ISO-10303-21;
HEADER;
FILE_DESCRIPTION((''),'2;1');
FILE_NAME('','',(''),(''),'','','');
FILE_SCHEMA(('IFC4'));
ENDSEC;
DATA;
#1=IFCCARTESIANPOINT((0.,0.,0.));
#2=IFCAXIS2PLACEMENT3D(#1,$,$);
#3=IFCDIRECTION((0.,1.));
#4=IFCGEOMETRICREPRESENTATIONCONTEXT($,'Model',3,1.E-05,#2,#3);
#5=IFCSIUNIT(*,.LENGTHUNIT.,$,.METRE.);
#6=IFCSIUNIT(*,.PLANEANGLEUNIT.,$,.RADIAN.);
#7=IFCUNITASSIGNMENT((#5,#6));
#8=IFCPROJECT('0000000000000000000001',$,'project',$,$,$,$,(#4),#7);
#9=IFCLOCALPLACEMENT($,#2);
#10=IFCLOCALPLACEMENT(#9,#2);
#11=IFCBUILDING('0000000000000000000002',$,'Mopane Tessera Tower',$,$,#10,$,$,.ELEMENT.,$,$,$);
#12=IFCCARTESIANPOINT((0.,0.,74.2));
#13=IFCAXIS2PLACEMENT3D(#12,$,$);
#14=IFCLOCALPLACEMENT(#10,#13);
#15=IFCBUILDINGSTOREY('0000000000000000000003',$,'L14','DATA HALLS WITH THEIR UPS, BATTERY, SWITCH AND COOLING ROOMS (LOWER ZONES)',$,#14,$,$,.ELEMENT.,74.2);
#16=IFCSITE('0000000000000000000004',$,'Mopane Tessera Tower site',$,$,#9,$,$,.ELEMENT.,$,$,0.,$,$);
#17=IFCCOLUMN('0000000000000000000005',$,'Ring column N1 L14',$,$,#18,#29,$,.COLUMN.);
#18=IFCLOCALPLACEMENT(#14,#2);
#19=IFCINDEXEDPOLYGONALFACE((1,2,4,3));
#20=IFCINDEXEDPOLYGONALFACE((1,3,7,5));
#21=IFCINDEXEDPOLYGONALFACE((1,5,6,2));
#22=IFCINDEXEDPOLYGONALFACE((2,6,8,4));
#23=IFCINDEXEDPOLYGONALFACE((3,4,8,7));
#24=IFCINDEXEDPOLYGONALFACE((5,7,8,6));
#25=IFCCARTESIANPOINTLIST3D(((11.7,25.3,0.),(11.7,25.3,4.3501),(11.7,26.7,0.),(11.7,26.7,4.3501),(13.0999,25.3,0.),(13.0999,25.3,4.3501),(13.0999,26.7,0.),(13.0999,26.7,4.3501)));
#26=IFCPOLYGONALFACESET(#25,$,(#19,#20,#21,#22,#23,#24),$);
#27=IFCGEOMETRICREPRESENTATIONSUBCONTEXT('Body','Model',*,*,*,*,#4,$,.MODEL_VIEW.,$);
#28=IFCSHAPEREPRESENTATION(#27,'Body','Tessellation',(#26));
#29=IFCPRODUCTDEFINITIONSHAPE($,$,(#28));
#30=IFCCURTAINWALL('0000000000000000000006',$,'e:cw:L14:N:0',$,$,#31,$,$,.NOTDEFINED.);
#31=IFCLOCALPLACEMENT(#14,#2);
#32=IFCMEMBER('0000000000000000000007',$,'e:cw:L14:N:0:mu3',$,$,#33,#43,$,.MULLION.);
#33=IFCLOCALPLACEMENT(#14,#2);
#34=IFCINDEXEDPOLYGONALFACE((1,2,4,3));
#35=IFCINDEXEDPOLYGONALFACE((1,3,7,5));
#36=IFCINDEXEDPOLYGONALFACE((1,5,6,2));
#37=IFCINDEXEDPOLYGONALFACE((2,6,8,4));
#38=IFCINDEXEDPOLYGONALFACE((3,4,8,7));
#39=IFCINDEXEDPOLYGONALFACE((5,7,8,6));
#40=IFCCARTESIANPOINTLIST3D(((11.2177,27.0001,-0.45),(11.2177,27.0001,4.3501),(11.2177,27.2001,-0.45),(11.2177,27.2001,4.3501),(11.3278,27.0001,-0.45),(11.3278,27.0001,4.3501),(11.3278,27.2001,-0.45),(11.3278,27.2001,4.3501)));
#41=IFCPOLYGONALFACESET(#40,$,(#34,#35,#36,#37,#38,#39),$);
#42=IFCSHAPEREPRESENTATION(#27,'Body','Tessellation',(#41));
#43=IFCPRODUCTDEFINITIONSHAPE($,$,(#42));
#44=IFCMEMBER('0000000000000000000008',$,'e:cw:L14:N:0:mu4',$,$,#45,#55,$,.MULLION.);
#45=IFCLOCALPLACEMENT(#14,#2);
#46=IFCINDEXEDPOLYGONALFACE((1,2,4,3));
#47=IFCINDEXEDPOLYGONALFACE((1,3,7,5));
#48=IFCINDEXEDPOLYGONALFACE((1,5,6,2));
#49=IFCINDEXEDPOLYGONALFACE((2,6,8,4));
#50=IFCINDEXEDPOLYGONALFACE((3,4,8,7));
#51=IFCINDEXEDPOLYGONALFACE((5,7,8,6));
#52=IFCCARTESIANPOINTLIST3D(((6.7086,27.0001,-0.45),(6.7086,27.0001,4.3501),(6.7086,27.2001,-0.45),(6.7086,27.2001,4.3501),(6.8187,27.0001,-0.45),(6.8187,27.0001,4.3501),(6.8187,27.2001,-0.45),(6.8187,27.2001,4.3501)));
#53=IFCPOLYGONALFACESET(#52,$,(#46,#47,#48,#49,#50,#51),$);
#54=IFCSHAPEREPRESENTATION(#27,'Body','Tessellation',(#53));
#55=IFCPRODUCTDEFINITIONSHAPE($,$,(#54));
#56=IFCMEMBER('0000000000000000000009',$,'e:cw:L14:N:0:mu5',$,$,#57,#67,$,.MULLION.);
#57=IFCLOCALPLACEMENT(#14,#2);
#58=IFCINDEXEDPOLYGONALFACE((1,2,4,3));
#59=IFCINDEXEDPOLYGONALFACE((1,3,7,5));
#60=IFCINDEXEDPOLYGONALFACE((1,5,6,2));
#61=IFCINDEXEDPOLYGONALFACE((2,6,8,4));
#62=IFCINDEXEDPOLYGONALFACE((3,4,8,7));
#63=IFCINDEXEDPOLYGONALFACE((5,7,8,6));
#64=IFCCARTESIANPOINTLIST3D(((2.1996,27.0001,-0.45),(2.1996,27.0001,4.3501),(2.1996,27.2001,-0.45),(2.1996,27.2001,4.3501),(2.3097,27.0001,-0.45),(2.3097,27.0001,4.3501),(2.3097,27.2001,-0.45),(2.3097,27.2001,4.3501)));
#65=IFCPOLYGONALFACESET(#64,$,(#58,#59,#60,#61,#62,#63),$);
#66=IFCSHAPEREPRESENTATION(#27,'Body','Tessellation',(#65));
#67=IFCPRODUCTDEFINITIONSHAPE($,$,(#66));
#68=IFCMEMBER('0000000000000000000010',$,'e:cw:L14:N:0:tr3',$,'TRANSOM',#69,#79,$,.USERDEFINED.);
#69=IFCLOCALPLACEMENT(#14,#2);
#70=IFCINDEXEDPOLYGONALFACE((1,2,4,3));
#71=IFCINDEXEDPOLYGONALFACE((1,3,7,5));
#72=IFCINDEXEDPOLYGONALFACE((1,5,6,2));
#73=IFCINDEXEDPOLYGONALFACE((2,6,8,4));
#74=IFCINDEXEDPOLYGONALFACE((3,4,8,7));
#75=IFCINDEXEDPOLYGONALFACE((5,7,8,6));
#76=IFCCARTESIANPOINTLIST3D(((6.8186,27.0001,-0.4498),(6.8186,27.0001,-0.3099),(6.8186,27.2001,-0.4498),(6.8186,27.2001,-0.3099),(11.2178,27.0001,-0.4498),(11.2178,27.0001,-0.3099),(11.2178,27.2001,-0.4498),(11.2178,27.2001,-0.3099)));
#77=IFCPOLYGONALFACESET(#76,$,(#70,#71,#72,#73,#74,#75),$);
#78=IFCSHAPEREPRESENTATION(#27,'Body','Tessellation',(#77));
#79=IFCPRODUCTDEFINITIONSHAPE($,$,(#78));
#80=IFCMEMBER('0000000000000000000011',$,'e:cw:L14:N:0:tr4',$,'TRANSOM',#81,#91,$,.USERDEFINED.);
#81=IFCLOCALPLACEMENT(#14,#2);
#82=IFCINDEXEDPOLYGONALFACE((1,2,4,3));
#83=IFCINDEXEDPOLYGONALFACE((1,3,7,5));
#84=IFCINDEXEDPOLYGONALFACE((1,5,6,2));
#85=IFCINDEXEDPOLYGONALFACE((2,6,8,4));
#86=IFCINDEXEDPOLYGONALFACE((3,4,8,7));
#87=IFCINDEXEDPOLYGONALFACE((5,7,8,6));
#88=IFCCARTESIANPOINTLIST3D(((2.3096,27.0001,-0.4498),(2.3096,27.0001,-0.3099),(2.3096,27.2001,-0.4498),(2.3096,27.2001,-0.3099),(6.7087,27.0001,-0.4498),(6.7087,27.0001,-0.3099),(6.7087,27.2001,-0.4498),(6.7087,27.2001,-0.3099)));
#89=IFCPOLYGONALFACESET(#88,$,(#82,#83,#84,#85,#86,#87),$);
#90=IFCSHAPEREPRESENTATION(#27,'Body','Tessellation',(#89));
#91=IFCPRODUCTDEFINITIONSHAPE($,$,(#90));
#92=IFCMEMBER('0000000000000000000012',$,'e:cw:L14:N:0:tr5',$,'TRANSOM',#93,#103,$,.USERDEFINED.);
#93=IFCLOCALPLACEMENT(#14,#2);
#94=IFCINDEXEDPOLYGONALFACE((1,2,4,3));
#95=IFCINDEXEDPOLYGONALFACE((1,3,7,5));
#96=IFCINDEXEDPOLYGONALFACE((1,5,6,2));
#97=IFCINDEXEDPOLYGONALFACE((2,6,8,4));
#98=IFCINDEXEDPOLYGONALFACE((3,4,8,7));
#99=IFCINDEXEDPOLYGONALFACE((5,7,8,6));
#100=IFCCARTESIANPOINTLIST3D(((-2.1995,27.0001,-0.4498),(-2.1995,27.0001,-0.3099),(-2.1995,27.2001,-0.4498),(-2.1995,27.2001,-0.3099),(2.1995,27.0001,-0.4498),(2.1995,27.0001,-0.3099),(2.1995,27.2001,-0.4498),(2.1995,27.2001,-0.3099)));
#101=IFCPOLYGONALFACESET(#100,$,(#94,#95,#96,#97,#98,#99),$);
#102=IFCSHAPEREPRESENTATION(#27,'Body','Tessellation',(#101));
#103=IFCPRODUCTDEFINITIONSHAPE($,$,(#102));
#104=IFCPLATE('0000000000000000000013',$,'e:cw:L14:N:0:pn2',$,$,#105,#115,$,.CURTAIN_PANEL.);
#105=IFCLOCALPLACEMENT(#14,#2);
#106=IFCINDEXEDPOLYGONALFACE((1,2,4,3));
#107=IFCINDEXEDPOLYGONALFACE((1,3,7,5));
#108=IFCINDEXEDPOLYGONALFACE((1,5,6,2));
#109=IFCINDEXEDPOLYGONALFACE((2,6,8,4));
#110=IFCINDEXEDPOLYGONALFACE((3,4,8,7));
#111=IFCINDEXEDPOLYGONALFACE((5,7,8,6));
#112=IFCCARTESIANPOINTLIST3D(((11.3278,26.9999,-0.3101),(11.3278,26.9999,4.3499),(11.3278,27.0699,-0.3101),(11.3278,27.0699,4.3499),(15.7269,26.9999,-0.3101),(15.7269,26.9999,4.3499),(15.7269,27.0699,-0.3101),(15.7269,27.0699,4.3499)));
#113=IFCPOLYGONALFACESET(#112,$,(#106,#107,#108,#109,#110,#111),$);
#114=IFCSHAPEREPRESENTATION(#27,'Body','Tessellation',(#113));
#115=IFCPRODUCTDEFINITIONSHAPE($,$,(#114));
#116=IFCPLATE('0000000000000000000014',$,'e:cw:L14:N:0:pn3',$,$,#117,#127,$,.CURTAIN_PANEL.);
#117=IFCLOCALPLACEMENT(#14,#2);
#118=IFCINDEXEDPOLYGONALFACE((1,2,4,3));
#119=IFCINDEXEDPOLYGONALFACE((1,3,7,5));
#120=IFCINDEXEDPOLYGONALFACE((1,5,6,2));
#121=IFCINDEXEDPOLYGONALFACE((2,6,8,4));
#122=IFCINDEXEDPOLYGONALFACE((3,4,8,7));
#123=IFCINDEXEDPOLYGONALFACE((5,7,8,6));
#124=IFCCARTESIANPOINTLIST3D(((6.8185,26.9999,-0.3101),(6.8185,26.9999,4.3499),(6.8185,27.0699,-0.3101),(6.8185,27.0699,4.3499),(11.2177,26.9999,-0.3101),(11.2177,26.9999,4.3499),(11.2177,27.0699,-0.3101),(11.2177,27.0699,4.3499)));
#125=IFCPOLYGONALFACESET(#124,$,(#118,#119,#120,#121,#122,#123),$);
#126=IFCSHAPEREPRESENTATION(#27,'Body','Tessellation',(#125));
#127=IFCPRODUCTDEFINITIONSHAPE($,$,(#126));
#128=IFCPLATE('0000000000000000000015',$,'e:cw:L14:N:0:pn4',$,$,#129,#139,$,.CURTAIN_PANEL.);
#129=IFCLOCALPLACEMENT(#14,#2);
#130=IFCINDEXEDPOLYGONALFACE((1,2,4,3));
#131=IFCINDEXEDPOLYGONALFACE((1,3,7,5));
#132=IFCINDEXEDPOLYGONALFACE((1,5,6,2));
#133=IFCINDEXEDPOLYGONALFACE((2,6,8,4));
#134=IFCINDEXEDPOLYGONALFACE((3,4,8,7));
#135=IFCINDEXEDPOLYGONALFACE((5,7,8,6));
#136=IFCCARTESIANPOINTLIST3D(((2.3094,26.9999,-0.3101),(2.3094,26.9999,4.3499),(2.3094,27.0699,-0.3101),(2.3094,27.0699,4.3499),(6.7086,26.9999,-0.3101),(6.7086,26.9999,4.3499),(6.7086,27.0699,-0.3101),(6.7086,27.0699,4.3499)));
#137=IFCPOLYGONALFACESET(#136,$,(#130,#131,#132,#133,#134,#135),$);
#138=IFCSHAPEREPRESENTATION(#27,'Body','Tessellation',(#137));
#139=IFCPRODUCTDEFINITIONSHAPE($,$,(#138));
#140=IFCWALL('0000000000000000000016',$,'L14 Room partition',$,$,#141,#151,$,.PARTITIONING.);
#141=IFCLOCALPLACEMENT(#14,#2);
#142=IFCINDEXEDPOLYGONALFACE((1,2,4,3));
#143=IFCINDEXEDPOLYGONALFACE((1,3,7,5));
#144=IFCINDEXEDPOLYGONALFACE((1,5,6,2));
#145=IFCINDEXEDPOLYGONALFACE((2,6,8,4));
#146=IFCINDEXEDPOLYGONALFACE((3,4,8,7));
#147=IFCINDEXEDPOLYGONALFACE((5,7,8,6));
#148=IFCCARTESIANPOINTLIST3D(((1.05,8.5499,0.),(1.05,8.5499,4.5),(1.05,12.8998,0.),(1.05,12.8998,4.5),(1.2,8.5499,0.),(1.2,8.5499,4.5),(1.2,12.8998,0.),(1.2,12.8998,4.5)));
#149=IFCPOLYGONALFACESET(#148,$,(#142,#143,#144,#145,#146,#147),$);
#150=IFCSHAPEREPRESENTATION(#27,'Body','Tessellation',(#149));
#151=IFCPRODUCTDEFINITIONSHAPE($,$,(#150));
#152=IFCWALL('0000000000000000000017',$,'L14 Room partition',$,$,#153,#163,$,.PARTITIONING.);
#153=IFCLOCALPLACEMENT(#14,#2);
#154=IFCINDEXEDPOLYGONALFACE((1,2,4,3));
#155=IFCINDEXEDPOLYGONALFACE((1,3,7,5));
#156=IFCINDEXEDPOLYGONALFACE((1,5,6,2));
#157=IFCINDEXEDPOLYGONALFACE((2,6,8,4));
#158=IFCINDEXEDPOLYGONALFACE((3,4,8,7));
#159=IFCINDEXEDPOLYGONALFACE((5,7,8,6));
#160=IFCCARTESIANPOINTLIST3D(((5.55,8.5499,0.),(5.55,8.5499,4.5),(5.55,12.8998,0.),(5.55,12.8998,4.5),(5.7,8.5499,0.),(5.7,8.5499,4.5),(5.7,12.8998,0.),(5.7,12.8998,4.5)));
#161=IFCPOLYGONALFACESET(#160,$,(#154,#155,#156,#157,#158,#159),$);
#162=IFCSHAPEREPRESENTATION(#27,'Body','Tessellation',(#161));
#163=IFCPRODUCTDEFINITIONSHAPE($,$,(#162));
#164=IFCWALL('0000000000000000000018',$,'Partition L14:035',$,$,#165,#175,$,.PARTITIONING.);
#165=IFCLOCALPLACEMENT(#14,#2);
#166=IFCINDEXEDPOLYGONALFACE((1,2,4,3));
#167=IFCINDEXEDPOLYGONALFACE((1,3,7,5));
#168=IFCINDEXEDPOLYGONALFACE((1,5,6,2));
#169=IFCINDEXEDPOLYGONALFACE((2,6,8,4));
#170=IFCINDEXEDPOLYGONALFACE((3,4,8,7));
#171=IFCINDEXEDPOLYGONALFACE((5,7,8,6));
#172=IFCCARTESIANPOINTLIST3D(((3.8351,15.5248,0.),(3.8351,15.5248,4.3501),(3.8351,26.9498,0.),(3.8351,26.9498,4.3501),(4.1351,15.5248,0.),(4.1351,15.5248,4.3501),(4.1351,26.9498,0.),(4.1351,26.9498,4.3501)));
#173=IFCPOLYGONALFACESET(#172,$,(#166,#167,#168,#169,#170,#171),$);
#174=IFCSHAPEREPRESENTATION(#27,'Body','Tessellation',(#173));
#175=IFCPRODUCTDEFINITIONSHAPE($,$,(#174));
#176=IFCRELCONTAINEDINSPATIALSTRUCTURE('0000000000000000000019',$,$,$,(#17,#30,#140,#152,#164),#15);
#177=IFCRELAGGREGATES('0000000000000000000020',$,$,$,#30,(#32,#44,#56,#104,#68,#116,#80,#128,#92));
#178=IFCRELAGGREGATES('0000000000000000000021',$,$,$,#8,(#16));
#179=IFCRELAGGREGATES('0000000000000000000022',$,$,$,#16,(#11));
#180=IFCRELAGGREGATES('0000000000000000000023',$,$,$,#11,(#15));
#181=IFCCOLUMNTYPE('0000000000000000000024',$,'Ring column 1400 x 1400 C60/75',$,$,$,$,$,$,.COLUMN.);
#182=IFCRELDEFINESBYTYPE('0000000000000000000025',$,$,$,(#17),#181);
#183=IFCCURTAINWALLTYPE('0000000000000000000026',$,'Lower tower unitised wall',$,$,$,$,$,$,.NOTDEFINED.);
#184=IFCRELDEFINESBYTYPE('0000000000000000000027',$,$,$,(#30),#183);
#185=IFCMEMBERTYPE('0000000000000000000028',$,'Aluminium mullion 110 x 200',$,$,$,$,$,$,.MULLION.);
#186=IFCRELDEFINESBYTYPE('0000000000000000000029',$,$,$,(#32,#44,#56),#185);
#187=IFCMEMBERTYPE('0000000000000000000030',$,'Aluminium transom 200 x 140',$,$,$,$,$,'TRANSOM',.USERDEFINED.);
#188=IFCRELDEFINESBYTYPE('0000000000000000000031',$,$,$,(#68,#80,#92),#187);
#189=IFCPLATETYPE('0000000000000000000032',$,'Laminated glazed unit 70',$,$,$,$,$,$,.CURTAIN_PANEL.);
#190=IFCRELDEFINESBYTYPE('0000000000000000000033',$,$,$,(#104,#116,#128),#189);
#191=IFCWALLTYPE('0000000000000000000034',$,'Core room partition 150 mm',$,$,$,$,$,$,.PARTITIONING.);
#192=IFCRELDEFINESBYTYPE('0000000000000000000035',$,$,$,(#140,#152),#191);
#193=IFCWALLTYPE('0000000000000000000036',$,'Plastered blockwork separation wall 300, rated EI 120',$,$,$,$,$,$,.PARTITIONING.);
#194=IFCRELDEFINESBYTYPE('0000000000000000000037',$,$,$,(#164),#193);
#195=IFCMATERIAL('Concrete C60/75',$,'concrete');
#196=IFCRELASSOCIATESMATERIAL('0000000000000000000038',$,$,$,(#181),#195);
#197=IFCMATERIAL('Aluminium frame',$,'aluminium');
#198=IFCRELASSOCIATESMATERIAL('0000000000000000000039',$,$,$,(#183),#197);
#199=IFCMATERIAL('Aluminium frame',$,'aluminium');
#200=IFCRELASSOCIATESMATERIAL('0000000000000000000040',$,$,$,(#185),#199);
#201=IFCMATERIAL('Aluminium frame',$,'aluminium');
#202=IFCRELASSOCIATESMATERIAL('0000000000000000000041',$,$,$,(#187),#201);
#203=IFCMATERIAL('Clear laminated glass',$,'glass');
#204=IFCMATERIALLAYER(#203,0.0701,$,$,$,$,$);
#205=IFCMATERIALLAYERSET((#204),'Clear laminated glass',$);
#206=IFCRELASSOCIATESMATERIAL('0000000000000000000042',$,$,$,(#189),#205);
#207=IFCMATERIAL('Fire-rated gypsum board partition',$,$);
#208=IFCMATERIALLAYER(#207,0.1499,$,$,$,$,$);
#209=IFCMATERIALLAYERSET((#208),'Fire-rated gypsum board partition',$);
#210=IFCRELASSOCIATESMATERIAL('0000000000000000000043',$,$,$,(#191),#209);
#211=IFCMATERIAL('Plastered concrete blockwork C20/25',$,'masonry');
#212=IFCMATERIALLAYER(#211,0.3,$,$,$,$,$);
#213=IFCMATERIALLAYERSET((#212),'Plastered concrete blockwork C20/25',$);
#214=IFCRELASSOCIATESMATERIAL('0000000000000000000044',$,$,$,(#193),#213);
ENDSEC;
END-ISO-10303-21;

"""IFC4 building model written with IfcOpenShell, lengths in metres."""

from ifc_helpers import new_model, si_unit, direction, frame, frame_2d, origin, origin_2d, place, context, subcontext, project, spatial, rectangle, extrude, material, layer, layer_set, material_profile, profile_set, type_object, element, aggregate, save


model = new_model("IFC4")

# Units and contexts
model_context = context("Model", 3, precision=1e-05, world=origin(), true_north=direction((0.0, 1.0)))
body_context = subcontext(model_context, "Body", "Model", "MODEL_VIEW")
ifc_project = project(units=[si_unit("LENGTHUNIT", "METRE"), si_unit("PLANEANGLEUNIT", "RADIAN")], contexts=[model_context])

# Site, building, storey
site_placement = place(None, origin())
site = spatial("IfcSite", under=ifc_project, at=site_placement, Name="Mopane Tessera Tower site", CompositionType="ELEMENT", RefElevation=0.0)
building_placement = place(site_placement, origin())
building = spatial("IfcBuilding", under=site, at=building_placement, Name="Mopane Tessera Tower", CompositionType="ELEMENT")
storey_placement = place(building_placement, frame((0.0, 0.0, 74.2)))
storey = spatial("IfcBuildingStorey", under=building, at=storey_placement, Name="L14", Description="DATA HALLS WITH THEIR UPS, BATTERY, SWITCH AND COOLING ROOMS (LOWER ZONES)", CompositionType="ELEMENT", Elevation=74.2)

# Column
ifc_material_1 = material(Name="Concrete C60/75", Category="concrete")
ifc_material_profile_1 = material_profile(ifc_material_1, rectangle(XDim=1.3999, YDim=1.3999, at=origin_2d()))
ifc_profile_set_1 = profile_set([ifc_material_profile_1], Name="Concrete C60/75")
column_type = type_object("IfcColumnType", Name="Ring column 1400 x 1400 C60/75", PredefinedType="COLUMN", material=ifc_profile_set_1)
column_placement = place(storey_placement, frame((12.3999, 26.0, 0.0), z_axis=(0.0, 0.0, 1.0), x_axis=(1.0, 0.0, 0.0)))
element("IfcColumn", 1, at=column_placement, inside=storey, type_object=column_type, Name="Ring column N1 L14", PredefinedType="COLUMN", context=body_context, shape_type="SweptSolid", body=[
    extrude(rectangle(XDim=1.3999, YDim=1.3999, at=origin_2d()), origin(), (0.0, 0.0, 1.0), 4.3501),
])

# Curtain wall, members, plates
ifc_material_2 = material(Name="Aluminium frame", Category="aluminium")
curtain_wall_type = type_object("IfcCurtainWallType", Name="Lower tower unitised wall", PredefinedType="NOTDEFINED", material=ifc_material_2)
curtain_wall_placement = place(storey_placement, origin())
curtain_wall = element("IfcCurtainWall", 2, at=curtain_wall_placement, inside=storey, type_object=curtain_wall_type, Name="e:cw:L14:N:0", PredefinedType="NOTDEFINED")
ifc_material_3 = material(Name="Aluminium frame", Category="aluminium")
ifc_material_profile_2 = material_profile(ifc_material_3, rectangle(XDim=0.1101, YDim=0.2, at=origin_2d()))
ifc_profile_set_2 = profile_set([ifc_material_profile_2], Name="Aluminium frame")
member_type_1 = type_object("IfcMemberType", Name="Aluminium mullion 110 x 200", PredefinedType="MULLION", material=ifc_profile_set_2)
member_1_placement = place(storey_placement, frame((11.2727, 27.1001, -0.45), z_axis=(0.0, 0.0, 1.0), x_axis=(-1.0, 0.0, 0.0)))
member_1 = element("IfcMember", 3, at=member_1_placement, type_object=member_type_1, Name="e:cw:L14:N:0:mu3", PredefinedType="MULLION", context=body_context, shape_type="SweptSolid", body=[
    extrude(rectangle(XDim=0.1101, YDim=0.2, at=origin_2d()), origin(), (0.0, 0.0, 1.0), 4.8),
])
member_2_placement = place(storey_placement, frame((6.7637, 27.1001, -0.45), z_axis=(0.0, 0.0, 1.0), x_axis=(-1.0, 0.0, 0.0)))
member_2 = element("IfcMember", 4, at=member_2_placement, type_object=member_type_1, Name="e:cw:L14:N:0:mu4", PredefinedType="MULLION", context=body_context, shape_type="SweptSolid", body=[
    extrude(rectangle(XDim=0.1101, YDim=0.2, at=origin_2d()), origin(), (0.0, 0.0, 1.0), 4.8),
])
member_3_placement = place(storey_placement, frame((2.2546, 27.1001, -0.45), z_axis=(0.0, 0.0, 1.0), x_axis=(-1.0, 0.0, 0.0)))
member_3 = element("IfcMember", 5, at=member_3_placement, type_object=member_type_1, Name="e:cw:L14:N:0:mu5", PredefinedType="MULLION", context=body_context, shape_type="SweptSolid", body=[
    extrude(rectangle(XDim=0.1101, YDim=0.2, at=origin_2d()), origin(), (0.0, 0.0, 1.0), 4.8),
])
ifc_material_4 = material(Name="Aluminium frame", Category="aluminium")
ifc_material_profile_3 = material_profile(ifc_material_4, rectangle(XDim=0.2, YDim=0.1399, at=origin_2d()))
ifc_profile_set_3 = profile_set([ifc_material_profile_3], Name="Aluminium frame")
member_type_2 = type_object("IfcMemberType", Name="Aluminium transom 200 x 140", ElementType="TRANSOM", PredefinedType="USERDEFINED", material=ifc_profile_set_3)
member_4_placement = place(storey_placement, frame((11.2178, 27.1001, -0.3799), z_axis=(-1.0, 0.0, 0.0), x_axis=(0.0, -1.0, 0.0)))
member_4 = element("IfcMember", 6, at=member_4_placement, type_object=member_type_2, Name="e:cw:L14:N:0:tr3", ObjectType="TRANSOM", PredefinedType="USERDEFINED", context=body_context, shape_type="SweptSolid", body=[
    extrude(rectangle(XDim=0.2, YDim=0.1399, at=origin_2d()), origin(), (0.0, 0.0, 1.0), 4.3992),
])
member_5_placement = place(storey_placement, frame((6.7087, 27.1001, -0.3799), z_axis=(-1.0, 0.0, 0.0), x_axis=(0.0, -1.0, 0.0)))
member_5 = element("IfcMember", 7, at=member_5_placement, type_object=member_type_2, Name="e:cw:L14:N:0:tr4", ObjectType="TRANSOM", PredefinedType="USERDEFINED", context=body_context, shape_type="SweptSolid", body=[
    extrude(rectangle(XDim=0.2, YDim=0.1399, at=origin_2d()), origin(), (0.0, 0.0, 1.0), 4.3992),
])
member_6_placement = place(storey_placement, frame((2.1995, 27.1001, -0.3799), z_axis=(-1.0, 0.0, 0.0), x_axis=(0.0, -1.0, 0.0)))
member_6 = element("IfcMember", 8, at=member_6_placement, type_object=member_type_2, Name="e:cw:L14:N:0:tr5", ObjectType="TRANSOM", PredefinedType="USERDEFINED", context=body_context, shape_type="SweptSolid", body=[
    extrude(rectangle(XDim=0.2, YDim=0.1399, at=origin_2d()), origin(), (0.0, 0.0, 1.0), 4.3989),
])
ifc_material_5 = material(Name="Clear laminated glass", Category="glass")
ifc_layer_1 = layer(ifc_material_5, 0.0701)
ifc_layer_set_1 = layer_set([ifc_layer_1], Name="Clear laminated glass")
plate_type = type_object("IfcPlateType", Name="Laminated glazed unit 70", PredefinedType="CURTAIN_PANEL", material=ifc_layer_set_1)
plate_1_placement = place(storey_placement, frame((13.5273, 27.0349, -0.3101), z_axis=(0.0, 0.0, 1.0), x_axis=(-1.0, 0.0, 0.0)))
plate_1 = element("IfcPlate", 9, at=plate_1_placement, type_object=plate_type, Name="e:cw:L14:N:0:pn2", PredefinedType="CURTAIN_PANEL", context=body_context, shape_type="SweptSolid", body=[
    extrude(rectangle(XDim=4.3992, YDim=0.0701, at=origin_2d()), origin(), (0.0, 0.0, 1.0), 4.6599),
])
plate_2_placement = place(storey_placement, frame((9.0181, 27.0349, -0.3101), z_axis=(0.0, 0.0, 1.0), x_axis=(-1.0, 0.0, 0.0)))
plate_2 = element("IfcPlate", 10, at=plate_2_placement, type_object=plate_type, Name="e:cw:L14:N:0:pn3", PredefinedType="CURTAIN_PANEL", context=body_context, shape_type="SweptSolid", body=[
    extrude(rectangle(XDim=4.3992, YDim=0.0701, at=origin_2d()), origin(), (0.0, 0.0, 1.0), 4.6599),
])
plate_3_placement = place(storey_placement, frame((4.509, 27.0349, -0.3101), z_axis=(0.0, 0.0, 1.0), x_axis=(-1.0, 0.0, 0.0)))
plate_3 = element("IfcPlate", 11, at=plate_3_placement, type_object=plate_type, Name="e:cw:L14:N:0:pn4", PredefinedType="CURTAIN_PANEL", context=body_context, shape_type="SweptSolid", body=[
    extrude(rectangle(XDim=4.3992, YDim=0.0701, at=origin_2d()), origin(), (0.0, 0.0, 1.0), 4.6599),
])
aggregate(curtain_wall, [member_1, member_2, member_3, plate_1, member_4, plate_2, member_5, plate_3, member_6])

# Walls
ifc_material_6 = material(Name="Fire-rated gypsum board partition")
ifc_layer_2 = layer(ifc_material_6, 0.1499)
ifc_layer_set_2 = layer_set([ifc_layer_2], Name="Fire-rated gypsum board partition")
wall_type_1 = type_object("IfcWallType", Name="Core room partition 150 mm", PredefinedType="PARTITIONING", material=ifc_layer_set_2)
for number, where, z_axis, x_axis, name in (
    (12, (1.125, 8.55, 0.0), (0.0, 0.0, 1.0), (0.0, 1.0, 0.0), "L14 Room partition"),
    (13, (5.625, 8.55, 0.0), (0.0, 0.0, 1.0), (0.0, 1.0, 0.0), "L14 Room partition"),
):
    element("IfcWall", number, at=place(storey_placement, frame(where, z_axis=z_axis, x_axis=x_axis)), inside=storey, type_object=wall_type_1, Name=name, PredefinedType="PARTITIONING", context=body_context, shape_type="SweptSolid", body=[
        extrude(rectangle(XDim=4.3499, YDim=0.1499, at=frame_2d((2.1748, 0.0))), origin(), (0.0, 0.0, 1.0), 4.5),
    ])
ifc_material_7 = material(Name="Plastered concrete blockwork C20/25", Category="masonry")
ifc_layer_3 = layer(ifc_material_7, 0.3)
ifc_layer_set_3 = layer_set([ifc_layer_3], Name="Plastered concrete blockwork C20/25")
wall_type_2 = type_object("IfcWallType", Name="Plastered blockwork separation wall 300, rated EI 120", PredefinedType="PARTITIONING", material=ifc_layer_set_3)
wall_placement = place(storey_placement, frame((3.9851, 15.5249, 0.0), z_axis=(0.0, 0.0, 1.0), x_axis=(0.0, 1.0, 0.0)))
element("IfcWall", 14, at=wall_placement, inside=storey, type_object=wall_type_2, Name="Partition L14:035", PredefinedType="PARTITIONING", context=body_context, shape_type="SweptSolid", body=[
    extrude(rectangle(XDim=11.425, YDim=0.3, at=frame_2d((5.7124, 0.0))), origin(), (0.0, 0.0, 1.0), 4.3501),
])

save(model, "model.ifc")
